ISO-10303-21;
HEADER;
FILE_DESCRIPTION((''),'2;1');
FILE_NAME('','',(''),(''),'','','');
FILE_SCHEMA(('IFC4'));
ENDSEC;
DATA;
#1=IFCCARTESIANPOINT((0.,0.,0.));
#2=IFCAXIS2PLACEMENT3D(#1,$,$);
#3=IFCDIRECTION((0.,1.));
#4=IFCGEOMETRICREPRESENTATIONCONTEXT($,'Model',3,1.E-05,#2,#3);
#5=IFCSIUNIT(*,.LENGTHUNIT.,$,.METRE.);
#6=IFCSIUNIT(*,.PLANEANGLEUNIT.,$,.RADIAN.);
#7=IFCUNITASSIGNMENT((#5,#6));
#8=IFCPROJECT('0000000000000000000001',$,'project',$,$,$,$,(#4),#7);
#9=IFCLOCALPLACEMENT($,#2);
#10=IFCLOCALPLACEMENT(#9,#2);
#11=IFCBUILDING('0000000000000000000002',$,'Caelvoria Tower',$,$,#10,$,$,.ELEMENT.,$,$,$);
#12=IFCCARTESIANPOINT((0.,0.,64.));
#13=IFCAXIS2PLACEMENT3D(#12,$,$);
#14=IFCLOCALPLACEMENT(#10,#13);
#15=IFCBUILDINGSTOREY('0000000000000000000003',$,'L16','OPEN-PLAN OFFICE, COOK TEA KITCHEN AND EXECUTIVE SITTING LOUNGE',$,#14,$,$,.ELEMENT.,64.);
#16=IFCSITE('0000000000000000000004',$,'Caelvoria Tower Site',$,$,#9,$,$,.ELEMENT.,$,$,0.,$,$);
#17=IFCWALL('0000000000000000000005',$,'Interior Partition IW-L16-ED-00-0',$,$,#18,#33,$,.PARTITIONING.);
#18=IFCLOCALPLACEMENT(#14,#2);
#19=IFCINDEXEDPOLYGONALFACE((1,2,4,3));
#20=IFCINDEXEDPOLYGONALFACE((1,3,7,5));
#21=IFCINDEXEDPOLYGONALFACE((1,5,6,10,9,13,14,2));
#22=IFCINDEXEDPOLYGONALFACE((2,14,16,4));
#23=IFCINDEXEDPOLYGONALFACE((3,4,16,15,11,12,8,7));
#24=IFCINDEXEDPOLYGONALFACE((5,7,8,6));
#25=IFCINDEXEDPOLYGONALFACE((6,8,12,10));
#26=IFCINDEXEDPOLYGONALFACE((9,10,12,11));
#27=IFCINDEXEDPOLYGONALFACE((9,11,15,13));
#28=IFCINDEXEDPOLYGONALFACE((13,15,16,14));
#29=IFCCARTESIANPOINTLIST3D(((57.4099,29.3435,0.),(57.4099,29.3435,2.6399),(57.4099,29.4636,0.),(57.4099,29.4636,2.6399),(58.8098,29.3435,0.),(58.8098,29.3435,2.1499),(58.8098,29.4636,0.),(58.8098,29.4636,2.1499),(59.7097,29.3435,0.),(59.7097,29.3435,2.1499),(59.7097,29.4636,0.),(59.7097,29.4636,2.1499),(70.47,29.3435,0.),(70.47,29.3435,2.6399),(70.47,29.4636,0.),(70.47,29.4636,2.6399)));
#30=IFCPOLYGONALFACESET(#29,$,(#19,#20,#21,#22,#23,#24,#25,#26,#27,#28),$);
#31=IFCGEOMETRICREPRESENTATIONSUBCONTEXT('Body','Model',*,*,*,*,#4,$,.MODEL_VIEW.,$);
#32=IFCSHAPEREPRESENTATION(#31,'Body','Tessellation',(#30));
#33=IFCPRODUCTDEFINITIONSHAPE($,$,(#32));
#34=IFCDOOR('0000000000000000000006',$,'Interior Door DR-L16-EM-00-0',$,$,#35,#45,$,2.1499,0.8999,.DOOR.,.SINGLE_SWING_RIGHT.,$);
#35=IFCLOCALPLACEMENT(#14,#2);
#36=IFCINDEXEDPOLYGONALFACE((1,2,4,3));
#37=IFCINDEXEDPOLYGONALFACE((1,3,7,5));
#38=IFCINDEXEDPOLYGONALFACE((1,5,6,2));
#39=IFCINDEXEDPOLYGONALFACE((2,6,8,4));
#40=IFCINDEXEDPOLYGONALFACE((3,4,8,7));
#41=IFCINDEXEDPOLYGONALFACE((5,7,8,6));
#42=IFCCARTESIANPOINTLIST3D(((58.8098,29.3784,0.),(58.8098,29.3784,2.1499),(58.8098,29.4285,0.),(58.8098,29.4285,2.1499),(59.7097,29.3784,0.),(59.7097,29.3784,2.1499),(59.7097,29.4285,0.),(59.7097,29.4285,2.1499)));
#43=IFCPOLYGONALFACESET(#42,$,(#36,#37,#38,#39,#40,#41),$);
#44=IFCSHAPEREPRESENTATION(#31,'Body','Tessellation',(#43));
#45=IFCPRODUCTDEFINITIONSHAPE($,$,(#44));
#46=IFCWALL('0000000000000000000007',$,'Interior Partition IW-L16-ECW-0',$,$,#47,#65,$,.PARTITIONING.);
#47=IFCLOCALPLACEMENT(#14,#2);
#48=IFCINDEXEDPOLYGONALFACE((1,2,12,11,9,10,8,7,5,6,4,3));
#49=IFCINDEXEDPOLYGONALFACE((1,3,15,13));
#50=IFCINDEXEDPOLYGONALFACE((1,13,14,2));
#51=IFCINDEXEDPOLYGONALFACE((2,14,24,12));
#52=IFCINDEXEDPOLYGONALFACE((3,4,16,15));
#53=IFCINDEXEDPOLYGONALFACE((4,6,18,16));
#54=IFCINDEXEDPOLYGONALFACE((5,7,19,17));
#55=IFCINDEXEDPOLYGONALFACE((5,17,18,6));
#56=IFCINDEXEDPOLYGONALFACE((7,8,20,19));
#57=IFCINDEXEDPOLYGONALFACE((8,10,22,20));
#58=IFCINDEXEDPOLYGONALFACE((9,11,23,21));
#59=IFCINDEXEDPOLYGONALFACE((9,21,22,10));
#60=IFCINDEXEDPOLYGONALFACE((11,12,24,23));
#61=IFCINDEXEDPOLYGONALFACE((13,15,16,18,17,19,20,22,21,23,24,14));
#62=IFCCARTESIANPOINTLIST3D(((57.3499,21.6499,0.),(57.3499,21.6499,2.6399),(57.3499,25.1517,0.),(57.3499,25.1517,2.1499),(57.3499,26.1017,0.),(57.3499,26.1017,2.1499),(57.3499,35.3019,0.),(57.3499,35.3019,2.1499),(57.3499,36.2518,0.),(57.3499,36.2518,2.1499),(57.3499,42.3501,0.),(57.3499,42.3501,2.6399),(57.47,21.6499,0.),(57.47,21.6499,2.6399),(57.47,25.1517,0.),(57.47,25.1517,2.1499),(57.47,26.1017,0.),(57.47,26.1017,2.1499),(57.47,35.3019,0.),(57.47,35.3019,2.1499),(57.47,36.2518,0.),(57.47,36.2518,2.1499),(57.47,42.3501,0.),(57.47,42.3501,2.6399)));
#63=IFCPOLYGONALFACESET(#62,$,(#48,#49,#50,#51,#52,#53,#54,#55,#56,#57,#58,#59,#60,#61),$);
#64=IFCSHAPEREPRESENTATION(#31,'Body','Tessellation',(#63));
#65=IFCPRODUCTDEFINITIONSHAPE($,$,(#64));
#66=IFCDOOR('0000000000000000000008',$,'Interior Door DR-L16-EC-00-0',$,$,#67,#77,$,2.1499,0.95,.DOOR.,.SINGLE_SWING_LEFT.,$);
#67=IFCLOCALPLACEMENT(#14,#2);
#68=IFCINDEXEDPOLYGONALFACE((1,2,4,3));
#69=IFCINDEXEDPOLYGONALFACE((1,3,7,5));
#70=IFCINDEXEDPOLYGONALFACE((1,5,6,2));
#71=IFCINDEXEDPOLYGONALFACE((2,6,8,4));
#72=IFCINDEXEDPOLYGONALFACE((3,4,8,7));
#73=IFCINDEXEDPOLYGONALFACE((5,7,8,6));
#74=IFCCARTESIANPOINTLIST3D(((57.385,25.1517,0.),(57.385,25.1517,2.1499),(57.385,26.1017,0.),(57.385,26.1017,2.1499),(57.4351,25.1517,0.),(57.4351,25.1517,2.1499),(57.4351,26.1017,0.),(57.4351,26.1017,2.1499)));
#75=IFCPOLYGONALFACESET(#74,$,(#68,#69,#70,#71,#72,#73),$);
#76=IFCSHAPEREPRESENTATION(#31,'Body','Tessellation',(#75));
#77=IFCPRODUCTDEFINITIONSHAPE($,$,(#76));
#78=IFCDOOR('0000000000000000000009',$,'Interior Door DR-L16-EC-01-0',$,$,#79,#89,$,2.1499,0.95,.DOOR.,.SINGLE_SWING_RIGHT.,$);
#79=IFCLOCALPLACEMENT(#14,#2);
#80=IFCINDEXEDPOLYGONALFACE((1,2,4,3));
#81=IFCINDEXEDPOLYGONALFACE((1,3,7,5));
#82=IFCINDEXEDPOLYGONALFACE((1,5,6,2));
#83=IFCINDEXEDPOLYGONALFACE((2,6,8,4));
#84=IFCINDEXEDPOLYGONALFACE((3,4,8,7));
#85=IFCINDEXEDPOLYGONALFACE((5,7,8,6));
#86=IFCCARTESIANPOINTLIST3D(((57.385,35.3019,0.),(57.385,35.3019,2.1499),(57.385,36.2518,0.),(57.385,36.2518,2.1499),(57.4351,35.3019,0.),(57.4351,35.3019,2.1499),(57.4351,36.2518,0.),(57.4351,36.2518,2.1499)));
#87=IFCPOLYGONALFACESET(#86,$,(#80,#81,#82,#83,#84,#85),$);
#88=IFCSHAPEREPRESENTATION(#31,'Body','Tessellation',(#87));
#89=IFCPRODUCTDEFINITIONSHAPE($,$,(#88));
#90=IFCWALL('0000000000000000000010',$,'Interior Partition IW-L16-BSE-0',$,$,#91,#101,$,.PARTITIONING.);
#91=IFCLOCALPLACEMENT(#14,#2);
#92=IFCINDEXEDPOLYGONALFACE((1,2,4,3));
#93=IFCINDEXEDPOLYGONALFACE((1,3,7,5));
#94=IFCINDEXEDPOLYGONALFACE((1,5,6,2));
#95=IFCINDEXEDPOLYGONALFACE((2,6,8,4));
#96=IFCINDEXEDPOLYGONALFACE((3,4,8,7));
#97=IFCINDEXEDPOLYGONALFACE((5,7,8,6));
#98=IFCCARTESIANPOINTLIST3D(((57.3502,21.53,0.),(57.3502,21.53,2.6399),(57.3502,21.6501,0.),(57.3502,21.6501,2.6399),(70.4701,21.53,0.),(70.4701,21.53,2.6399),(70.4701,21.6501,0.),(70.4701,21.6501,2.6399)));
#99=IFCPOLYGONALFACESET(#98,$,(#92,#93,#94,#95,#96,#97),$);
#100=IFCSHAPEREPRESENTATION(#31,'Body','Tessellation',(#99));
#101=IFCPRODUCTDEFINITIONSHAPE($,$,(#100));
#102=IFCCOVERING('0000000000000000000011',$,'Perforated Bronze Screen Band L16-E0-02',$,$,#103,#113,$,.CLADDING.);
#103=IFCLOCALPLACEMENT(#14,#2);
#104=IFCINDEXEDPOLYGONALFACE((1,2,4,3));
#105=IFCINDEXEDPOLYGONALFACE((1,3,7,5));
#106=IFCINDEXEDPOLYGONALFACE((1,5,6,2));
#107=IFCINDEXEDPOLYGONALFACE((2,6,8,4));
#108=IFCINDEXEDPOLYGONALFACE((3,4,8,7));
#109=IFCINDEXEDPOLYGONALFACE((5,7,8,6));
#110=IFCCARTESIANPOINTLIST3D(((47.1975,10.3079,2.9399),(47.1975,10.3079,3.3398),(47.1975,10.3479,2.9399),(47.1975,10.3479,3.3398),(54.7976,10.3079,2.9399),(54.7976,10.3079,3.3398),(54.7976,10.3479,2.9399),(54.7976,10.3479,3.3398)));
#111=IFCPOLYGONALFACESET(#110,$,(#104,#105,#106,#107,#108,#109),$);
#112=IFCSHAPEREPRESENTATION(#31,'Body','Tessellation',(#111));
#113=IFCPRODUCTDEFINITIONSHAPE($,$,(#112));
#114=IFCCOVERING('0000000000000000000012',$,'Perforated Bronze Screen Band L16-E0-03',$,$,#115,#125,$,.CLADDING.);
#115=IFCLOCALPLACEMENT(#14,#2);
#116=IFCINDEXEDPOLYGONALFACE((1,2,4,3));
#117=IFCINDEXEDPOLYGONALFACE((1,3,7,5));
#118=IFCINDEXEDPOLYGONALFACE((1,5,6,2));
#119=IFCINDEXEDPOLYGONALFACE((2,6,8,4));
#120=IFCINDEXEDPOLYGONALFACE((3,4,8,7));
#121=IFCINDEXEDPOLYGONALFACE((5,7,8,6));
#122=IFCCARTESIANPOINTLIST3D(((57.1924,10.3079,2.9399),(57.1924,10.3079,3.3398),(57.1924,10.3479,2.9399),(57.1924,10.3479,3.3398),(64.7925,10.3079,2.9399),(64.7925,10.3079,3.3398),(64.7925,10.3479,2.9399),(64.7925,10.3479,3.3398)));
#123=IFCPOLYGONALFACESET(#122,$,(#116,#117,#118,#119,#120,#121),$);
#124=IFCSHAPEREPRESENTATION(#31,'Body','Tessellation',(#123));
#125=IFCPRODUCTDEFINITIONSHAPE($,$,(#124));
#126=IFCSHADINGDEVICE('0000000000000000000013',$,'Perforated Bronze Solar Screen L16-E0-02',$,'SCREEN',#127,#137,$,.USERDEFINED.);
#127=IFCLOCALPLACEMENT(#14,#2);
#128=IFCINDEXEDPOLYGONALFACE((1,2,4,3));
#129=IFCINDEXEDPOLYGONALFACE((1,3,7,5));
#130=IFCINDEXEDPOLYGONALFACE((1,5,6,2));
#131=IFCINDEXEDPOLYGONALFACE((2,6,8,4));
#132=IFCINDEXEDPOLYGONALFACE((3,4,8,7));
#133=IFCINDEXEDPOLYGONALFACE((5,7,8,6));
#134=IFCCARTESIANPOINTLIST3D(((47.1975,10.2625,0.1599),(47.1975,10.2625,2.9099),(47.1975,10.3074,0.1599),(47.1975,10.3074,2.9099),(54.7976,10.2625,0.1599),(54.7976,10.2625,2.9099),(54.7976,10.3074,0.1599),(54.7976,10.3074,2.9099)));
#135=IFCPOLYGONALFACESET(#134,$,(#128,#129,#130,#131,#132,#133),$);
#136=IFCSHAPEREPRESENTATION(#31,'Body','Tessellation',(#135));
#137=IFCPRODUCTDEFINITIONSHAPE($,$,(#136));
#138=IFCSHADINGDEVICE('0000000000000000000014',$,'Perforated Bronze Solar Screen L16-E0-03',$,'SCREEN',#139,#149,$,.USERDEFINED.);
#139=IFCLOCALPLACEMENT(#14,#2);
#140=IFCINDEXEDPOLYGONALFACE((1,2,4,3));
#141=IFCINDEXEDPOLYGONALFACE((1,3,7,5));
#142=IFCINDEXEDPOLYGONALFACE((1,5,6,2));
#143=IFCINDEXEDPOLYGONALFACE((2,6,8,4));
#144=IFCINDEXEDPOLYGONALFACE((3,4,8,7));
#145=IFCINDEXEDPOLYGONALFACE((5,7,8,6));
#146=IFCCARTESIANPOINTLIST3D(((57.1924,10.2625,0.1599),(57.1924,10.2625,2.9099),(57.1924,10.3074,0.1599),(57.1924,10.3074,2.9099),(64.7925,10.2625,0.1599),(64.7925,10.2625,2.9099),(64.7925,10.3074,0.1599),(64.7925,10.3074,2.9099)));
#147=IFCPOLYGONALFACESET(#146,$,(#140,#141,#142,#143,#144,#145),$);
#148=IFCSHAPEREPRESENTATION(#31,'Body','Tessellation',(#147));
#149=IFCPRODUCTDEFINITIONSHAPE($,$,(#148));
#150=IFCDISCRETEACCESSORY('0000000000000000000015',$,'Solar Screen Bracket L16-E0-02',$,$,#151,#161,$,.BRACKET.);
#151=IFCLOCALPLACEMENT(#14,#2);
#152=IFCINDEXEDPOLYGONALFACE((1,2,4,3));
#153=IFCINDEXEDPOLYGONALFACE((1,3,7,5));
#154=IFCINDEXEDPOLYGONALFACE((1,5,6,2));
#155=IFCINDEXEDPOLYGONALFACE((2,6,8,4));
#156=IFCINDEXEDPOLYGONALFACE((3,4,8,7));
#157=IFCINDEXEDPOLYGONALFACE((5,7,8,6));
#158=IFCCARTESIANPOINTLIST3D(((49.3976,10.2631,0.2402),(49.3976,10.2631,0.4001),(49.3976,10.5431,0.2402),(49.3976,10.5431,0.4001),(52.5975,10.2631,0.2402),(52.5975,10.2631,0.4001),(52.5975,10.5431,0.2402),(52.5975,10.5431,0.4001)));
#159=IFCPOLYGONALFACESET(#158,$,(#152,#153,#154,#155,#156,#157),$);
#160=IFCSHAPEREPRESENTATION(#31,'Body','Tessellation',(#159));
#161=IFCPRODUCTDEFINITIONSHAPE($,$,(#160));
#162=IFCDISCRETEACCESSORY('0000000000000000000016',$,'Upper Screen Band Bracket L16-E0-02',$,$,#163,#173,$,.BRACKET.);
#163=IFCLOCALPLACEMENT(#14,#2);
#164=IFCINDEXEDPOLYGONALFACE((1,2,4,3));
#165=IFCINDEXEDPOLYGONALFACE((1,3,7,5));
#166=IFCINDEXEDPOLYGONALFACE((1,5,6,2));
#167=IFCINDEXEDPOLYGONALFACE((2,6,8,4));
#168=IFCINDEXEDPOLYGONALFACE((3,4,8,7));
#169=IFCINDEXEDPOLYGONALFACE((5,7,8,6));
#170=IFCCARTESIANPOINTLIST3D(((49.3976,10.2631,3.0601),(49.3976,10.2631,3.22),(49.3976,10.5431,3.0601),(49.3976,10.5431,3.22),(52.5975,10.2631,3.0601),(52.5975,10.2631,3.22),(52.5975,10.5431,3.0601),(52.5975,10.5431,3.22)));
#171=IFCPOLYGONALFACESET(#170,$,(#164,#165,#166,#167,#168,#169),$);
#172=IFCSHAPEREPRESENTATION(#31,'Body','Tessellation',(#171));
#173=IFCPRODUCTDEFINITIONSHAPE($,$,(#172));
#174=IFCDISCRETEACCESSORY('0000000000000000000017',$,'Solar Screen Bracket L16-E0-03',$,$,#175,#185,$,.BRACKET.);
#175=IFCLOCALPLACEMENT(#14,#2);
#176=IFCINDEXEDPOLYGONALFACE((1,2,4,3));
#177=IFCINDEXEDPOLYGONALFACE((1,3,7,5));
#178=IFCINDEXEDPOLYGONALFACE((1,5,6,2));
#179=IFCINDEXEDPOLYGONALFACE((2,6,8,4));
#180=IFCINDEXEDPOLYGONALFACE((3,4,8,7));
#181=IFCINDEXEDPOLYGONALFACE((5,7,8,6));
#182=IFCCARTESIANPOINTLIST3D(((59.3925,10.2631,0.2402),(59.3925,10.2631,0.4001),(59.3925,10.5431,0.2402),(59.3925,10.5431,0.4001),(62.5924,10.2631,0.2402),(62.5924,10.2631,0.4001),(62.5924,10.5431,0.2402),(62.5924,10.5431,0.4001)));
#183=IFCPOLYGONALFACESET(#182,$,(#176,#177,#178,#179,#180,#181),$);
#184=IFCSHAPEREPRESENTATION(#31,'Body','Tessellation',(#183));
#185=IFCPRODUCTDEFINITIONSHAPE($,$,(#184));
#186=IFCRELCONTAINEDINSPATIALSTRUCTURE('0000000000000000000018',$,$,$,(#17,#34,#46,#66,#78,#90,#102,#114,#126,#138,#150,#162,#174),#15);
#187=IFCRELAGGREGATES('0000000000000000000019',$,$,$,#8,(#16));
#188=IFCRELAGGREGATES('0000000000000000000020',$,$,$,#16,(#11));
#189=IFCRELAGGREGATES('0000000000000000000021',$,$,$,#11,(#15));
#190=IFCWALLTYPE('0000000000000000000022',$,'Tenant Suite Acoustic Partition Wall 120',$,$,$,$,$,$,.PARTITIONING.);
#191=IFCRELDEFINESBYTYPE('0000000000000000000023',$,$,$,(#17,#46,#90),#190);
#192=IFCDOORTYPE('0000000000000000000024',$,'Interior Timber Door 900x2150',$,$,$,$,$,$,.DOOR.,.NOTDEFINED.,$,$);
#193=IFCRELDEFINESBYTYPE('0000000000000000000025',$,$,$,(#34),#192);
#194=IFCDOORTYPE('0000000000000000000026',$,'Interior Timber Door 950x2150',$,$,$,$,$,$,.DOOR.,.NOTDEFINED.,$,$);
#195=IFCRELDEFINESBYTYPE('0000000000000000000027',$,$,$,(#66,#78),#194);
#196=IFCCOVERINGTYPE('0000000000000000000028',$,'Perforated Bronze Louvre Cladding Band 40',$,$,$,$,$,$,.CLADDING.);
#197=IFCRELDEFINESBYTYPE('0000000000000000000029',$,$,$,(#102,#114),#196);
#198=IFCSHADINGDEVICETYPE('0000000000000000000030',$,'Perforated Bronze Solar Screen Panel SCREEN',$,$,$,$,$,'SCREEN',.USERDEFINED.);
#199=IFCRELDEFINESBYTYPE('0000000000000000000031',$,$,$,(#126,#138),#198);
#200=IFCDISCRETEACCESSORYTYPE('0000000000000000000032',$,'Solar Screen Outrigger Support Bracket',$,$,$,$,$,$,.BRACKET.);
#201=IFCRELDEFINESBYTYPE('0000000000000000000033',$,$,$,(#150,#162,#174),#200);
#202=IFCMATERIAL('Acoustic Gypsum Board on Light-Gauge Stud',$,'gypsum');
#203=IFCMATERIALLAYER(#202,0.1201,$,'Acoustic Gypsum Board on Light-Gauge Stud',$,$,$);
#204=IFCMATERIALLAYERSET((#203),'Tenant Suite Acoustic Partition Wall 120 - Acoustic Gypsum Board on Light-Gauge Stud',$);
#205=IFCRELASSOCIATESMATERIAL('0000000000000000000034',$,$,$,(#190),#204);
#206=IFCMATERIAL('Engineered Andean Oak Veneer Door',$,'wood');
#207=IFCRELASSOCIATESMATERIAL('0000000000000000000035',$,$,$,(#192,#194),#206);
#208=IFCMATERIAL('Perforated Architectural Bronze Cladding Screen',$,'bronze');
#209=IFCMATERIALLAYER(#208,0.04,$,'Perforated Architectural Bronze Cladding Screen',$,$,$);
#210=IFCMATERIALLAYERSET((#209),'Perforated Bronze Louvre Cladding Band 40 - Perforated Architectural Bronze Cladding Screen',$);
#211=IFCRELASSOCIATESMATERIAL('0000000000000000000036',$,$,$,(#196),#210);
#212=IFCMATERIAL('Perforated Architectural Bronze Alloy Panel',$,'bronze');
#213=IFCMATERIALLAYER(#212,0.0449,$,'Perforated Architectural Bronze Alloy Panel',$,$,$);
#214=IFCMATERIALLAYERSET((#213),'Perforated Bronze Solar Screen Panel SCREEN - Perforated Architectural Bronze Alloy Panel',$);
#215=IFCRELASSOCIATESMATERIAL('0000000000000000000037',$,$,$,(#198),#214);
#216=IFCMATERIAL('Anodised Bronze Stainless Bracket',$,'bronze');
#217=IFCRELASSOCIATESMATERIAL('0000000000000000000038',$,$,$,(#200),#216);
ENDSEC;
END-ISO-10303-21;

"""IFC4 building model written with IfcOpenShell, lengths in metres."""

from ifc_helpers import new_model, si_unit, direction, frame, frame_2d, origin, origin_2d, place, context, subcontext, project, spatial, rectangle, extrude, material, layer, layer_set, type_object, element, fill, save


model = new_model("IFC4")

# Units and contexts
model_context = context("Model", 3, precision=1e-05, world=origin(), true_north=direction((0.0, 1.0)))
body_context = subcontext(model_context, "Body", "Model", "MODEL_VIEW")
ifc_project = project(units=[si_unit("LENGTHUNIT", "METRE"), si_unit("PLANEANGLEUNIT", "RADIAN")], contexts=[model_context])

# Site, building, storey
site_placement = place(None, origin())
site = spatial("IfcSite", under=ifc_project, at=site_placement, Name="Caelvoria Tower Site", CompositionType="ELEMENT", RefElevation=0.0)
building_placement = place(site_placement, origin())
building = spatial("IfcBuilding", under=site, at=building_placement, Name="Caelvoria Tower", CompositionType="ELEMENT")
storey_placement = place(building_placement, frame((0.0, 0.0, 64.0)))
storey = spatial("IfcBuildingStorey", under=building, at=storey_placement, Name="L16", Description="OPEN-PLAN OFFICE, COOK TEA KITCHEN AND EXECUTIVE SITTING LOUNGE", CompositionType="ELEMENT", Elevation=64.0)

# Wall, opening, door
ifc_material_1 = material(Name="Acoustic Gypsum Board on Light-Gauge Stud", Category="gypsum")
ifc_layer_1 = layer(ifc_material_1, 0.1201, Name="Acoustic Gypsum Board on Light-Gauge Stud")
ifc_layer_set_1 = layer_set([ifc_layer_1], Name="Tenant Suite Acoustic Partition Wall 120 - Acoustic Gypsum Board on Light-Gauge Stud")
wall_type_1 = type_object("IfcWallType", Name="Tenant Suite Acoustic Partition Wall 120", PredefinedType="PARTITIONING", material=ifc_layer_set_1)
ifc_material_2 = material(Name="Engineered Andean Oak Veneer Door", Category="wood")
door_type_1 = type_object("IfcDoorType", Name="Interior Timber Door 900x2150", OperationType="NOTDEFINED", PredefinedType="DOOR", material=ifc_material_2)
wall_1_placement = place(storey_placement, frame((57.4099, 29.4036, 0.0), z_axis=(0.0, 0.0, 1.0), x_axis=(1.0, 0.0, 0.0)))
wall_1 = element("IfcWall", 1, at=wall_1_placement, inside=storey, type_object=wall_type_1, Name="Interior Partition IW-L16-ED-00-0", PredefinedType="PARTITIONING", context=body_context, shape_type="SweptSolid", body=[
    extrude(rectangle(XDim=13.0601, YDim=0.1201, at=frame_2d((6.53, 0.0))), origin(), (0.0, 0.0, 1.0), 2.6399),
])
opening_1_placement = place(wall_1_placement, frame((1.3999, 0.0, 0.0)))
opening_1 = element("IfcOpeningElement", 2, at=opening_1_placement, cuts=wall_1, PredefinedType="OPENING", context=body_context, shape_type="SweptSolid", body=[
    extrude(rectangle(XDim=0.8999, YDim=2.1499, at=frame_2d((0.45, 1.075))), frame((0.0, 0.0701, 0.0), z_axis=(0.0, -1.0, 0.0), x_axis=(1.0, 0.0, 0.0)), (0.0, 0.0, 1.0), 0.1401),
])
door_1_placement = place(opening_1_placement, origin())
door_1 = element("IfcDoor", 3, at=door_1_placement, inside=storey, type_object=door_type_1, Name="Interior Door DR-L16-EM-00-0", OperationType="SINGLE_SWING_RIGHT", OverallHeight=2.1499, OverallWidth=0.8999, PredefinedType="DOOR", context=body_context, shape_type="SweptSolid", body=[
    extrude(rectangle(XDim=0.8999, YDim=2.1499, at=frame_2d((0.45, 1.075))), frame((0.0, 0.0249, 0.0), z_axis=(0.0, -1.0, 0.0), x_axis=(1.0, 0.0, 0.0)), (0.0, 0.0, 1.0), 0.05),
])
fill(opening_1, door_1)

# Wall, openings, doors
wall_2_placement = place(storey_placement, frame((57.4099, 21.6499, 0.0), z_axis=(0.0, 0.0, 1.0), x_axis=(0.0, 1.0, 0.0)))
wall_2 = element("IfcWall", 4, at=wall_2_placement, inside=storey, type_object=wall_type_1, Name="Interior Partition IW-L16-ECW-0", PredefinedType="PARTITIONING", context=body_context, shape_type="SweptSolid", body=[
    extrude(rectangle(XDim=20.7002, YDim=0.1201, at=frame_2d((10.3501, 0.0))), origin(), (0.0, 0.0, 1.0), 2.6399),
])
opening_2_placement = place(wall_2_placement, frame((3.5017, 0.0, 0.0)))
opening_2 = element("IfcOpeningElement", 5, at=opening_2_placement, cuts=wall_2, PredefinedType="OPENING", context=body_context, shape_type="SweptSolid", body=[
    extrude(rectangle(XDim=0.95, YDim=2.1499, at=frame_2d((0.4751, 1.075))), frame((0.0, 0.0701, 0.0), z_axis=(0.0, -1.0, 0.0), x_axis=(1.0, 0.0, 0.0)), (0.0, 0.0, 1.0), 0.1401),
])
opening_3_placement = place(wall_2_placement, frame((13.6519, 0.0, 0.0)))
opening_3 = element("IfcOpeningElement", 6, at=opening_3_placement, cuts=wall_2, PredefinedType="OPENING", context=body_context, shape_type="SweptSolid", body=[
    extrude(rectangle(XDim=0.95, YDim=2.1499, at=frame_2d((0.4751, 1.075))), frame((0.0, 0.0701, 0.0), z_axis=(0.0, -1.0, 0.0), x_axis=(1.0, 0.0, 0.0)), (0.0, 0.0, 1.0), 0.1401),
])
door_type_2 = type_object("IfcDoorType", Name="Interior Timber Door 950x2150", OperationType="NOTDEFINED", PredefinedType="DOOR", material=ifc_material_2)
door_2_placement = place(opening_2_placement, origin())
door_2 = element("IfcDoor", 7, at=door_2_placement, inside=storey, type_object=door_type_2, Name="Interior Door DR-L16-EC-00-0", OperationType="SINGLE_SWING_LEFT", OverallHeight=2.1499, OverallWidth=0.95, PredefinedType="DOOR", context=body_context, shape_type="SweptSolid", body=[
    extrude(rectangle(XDim=0.95, YDim=2.1499, at=frame_2d((0.4751, 1.075))), frame((0.0, 0.0249, 0.0), z_axis=(0.0, -1.0, 0.0), x_axis=(1.0, 0.0, 0.0)), (0.0, 0.0, 1.0), 0.05),
])
fill(opening_2, door_2)
door_3_placement = place(opening_3_placement, origin())
door_3 = element("IfcDoor", 8, at=door_3_placement, inside=storey, type_object=door_type_2, Name="Interior Door DR-L16-EC-01-0", OperationType="SINGLE_SWING_RIGHT", OverallHeight=2.1499, OverallWidth=0.95, PredefinedType="DOOR", context=body_context, shape_type="SweptSolid", body=[
    extrude(rectangle(XDim=0.95, YDim=2.1499, at=frame_2d((0.4751, 1.075))), frame((0.0, 0.0249, 0.0), z_axis=(0.0, -1.0, 0.0), x_axis=(1.0, 0.0, 0.0)), (0.0, 0.0, 1.0), 0.05),
])
fill(opening_3, door_3)

# Wall
wall_3_placement = place(storey_placement, frame((57.3501, 21.5901, 0.0), z_axis=(0.0, 0.0, 1.0), x_axis=(1.0, 0.0, 0.0)))
element("IfcWall", 9, at=wall_3_placement, inside=storey, type_object=wall_type_1, Name="Interior Partition IW-L16-BSE-0", PredefinedType="PARTITIONING", context=body_context, shape_type="SweptSolid", body=[
    extrude(rectangle(XDim=13.1199, YDim=0.1201, at=frame_2d((6.5601, 0.0))), origin(), (0.0, 0.0, 1.0), 2.6399),
])

# Coverings
ifc_material_3 = material(Name="Perforated Architectural Bronze Cladding Screen", Category="bronze")
ifc_layer_2 = layer(ifc_material_3, 0.04, Name="Perforated Architectural Bronze Cladding Screen")
ifc_layer_set_2 = layer_set([ifc_layer_2], Name="Perforated Bronze Louvre Cladding Band 40 - Perforated Architectural Bronze Cladding Screen")
covering_type = type_object("IfcCoveringType", Name="Perforated Bronze Louvre Cladding Band 40", PredefinedType="CLADDING", material=ifc_layer_set_2)
for number, where, z_axis, x_axis, name in (
    (10, (50.9976, 10.3279, 2.9399), (0.0, 0.0, 1.0), (1.0, 0.0, 0.0), "Perforated Bronze Screen Band L16-E0-02"),
    (11, (60.9924, 10.3279, 2.9399), (0.0, 0.0, 1.0), (1.0, 0.0, 0.0), "Perforated Bronze Screen Band L16-E0-03"),
):
    element("IfcCovering", number, at=place(storey_placement, frame(where, z_axis=z_axis, x_axis=x_axis)), inside=storey, type_object=covering_type, Name=name, PredefinedType="CLADDING", context=body_context, shape_type="SweptSolid", body=[
        extrude(rectangle(XDim=7.6001, YDim=0.04, at=origin_2d()), origin(), (0.0, 0.0, 1.0), 0.3999),
    ])

# Shading devices
ifc_material_4 = material(Name="Perforated Architectural Bronze Alloy Panel", Category="bronze")
ifc_layer_3 = layer(ifc_material_4, 0.0449, Name="Perforated Architectural Bronze Alloy Panel")
ifc_layer_set_3 = layer_set([ifc_layer_3], Name="Perforated Bronze Solar Screen Panel SCREEN - Perforated Architectural Bronze Alloy Panel")
shading_device_type = type_object("IfcShadingDeviceType", Name="Perforated Bronze Solar Screen Panel SCREEN", ElementType="SCREEN", PredefinedType="USERDEFINED", material=ifc_layer_set_3)
for number, where, z_axis, x_axis, name in (
    (12, (50.9976, 10.2849, 0.1599), (0.0, 0.0, 1.0), (1.0, 0.0, 0.0), "Perforated Bronze Solar Screen L16-E0-02"),
    (13, (60.9924, 10.2849, 0.1599), (0.0, 0.0, 1.0), (1.0, 0.0, 0.0), "Perforated Bronze Solar Screen L16-E0-03"),
):
    element("IfcShadingDevice", number, at=place(storey_placement, frame(where, z_axis=z_axis, x_axis=x_axis)), inside=storey, type_object=shading_device_type, Name=name, ObjectType="SCREEN", PredefinedType="USERDEFINED", context=body_context, shape_type="SweptSolid", body=[
        extrude(rectangle(XDim=7.6001, YDim=0.0449, at=origin_2d()), origin(), (0.0, 0.0, 1.0), 2.75),
    ])

# Discrete accessories
ifc_material_5 = material(Name="Anodised Bronze Stainless Bracket", Category="bronze")
discrete_accessory_type = type_object("IfcDiscreteAccessoryType", Name="Solar Screen Outrigger Support Bracket", PredefinedType="BRACKET", material=ifc_material_5)
for number, where, z_axis, x_axis, name in (
    (14, (50.9976, 10.4031, 0.2402), (0.0, 0.0, 1.0), (1.0, 0.0, 0.0), "Solar Screen Bracket L16-E0-02"),
    (15, (50.9976, 10.4031, 3.0601), (0.0, 0.0, 1.0), (1.0, 0.0, 0.0), "Upper Screen Band Bracket L16-E0-02"),
    (16, (60.9924, 10.4031, 0.2402), (0.0, 0.0, 1.0), (1.0, 0.0, 0.0), "Solar Screen Bracket L16-E0-03"),
):
    element("IfcDiscreteAccessory", number, at=place(storey_placement, frame(where, z_axis=z_axis, x_axis=x_axis)), inside=storey, type_object=discrete_accessory_type, Name=name, PredefinedType="BRACKET", context=body_context, shape_type="SweptSolid", body=[
        extrude(rectangle(XDim=3.2, YDim=0.28, at=origin_2d()), origin(), (0.0, 0.0, 1.0), 0.1599),
    ])

save(model, "model.ifc")
